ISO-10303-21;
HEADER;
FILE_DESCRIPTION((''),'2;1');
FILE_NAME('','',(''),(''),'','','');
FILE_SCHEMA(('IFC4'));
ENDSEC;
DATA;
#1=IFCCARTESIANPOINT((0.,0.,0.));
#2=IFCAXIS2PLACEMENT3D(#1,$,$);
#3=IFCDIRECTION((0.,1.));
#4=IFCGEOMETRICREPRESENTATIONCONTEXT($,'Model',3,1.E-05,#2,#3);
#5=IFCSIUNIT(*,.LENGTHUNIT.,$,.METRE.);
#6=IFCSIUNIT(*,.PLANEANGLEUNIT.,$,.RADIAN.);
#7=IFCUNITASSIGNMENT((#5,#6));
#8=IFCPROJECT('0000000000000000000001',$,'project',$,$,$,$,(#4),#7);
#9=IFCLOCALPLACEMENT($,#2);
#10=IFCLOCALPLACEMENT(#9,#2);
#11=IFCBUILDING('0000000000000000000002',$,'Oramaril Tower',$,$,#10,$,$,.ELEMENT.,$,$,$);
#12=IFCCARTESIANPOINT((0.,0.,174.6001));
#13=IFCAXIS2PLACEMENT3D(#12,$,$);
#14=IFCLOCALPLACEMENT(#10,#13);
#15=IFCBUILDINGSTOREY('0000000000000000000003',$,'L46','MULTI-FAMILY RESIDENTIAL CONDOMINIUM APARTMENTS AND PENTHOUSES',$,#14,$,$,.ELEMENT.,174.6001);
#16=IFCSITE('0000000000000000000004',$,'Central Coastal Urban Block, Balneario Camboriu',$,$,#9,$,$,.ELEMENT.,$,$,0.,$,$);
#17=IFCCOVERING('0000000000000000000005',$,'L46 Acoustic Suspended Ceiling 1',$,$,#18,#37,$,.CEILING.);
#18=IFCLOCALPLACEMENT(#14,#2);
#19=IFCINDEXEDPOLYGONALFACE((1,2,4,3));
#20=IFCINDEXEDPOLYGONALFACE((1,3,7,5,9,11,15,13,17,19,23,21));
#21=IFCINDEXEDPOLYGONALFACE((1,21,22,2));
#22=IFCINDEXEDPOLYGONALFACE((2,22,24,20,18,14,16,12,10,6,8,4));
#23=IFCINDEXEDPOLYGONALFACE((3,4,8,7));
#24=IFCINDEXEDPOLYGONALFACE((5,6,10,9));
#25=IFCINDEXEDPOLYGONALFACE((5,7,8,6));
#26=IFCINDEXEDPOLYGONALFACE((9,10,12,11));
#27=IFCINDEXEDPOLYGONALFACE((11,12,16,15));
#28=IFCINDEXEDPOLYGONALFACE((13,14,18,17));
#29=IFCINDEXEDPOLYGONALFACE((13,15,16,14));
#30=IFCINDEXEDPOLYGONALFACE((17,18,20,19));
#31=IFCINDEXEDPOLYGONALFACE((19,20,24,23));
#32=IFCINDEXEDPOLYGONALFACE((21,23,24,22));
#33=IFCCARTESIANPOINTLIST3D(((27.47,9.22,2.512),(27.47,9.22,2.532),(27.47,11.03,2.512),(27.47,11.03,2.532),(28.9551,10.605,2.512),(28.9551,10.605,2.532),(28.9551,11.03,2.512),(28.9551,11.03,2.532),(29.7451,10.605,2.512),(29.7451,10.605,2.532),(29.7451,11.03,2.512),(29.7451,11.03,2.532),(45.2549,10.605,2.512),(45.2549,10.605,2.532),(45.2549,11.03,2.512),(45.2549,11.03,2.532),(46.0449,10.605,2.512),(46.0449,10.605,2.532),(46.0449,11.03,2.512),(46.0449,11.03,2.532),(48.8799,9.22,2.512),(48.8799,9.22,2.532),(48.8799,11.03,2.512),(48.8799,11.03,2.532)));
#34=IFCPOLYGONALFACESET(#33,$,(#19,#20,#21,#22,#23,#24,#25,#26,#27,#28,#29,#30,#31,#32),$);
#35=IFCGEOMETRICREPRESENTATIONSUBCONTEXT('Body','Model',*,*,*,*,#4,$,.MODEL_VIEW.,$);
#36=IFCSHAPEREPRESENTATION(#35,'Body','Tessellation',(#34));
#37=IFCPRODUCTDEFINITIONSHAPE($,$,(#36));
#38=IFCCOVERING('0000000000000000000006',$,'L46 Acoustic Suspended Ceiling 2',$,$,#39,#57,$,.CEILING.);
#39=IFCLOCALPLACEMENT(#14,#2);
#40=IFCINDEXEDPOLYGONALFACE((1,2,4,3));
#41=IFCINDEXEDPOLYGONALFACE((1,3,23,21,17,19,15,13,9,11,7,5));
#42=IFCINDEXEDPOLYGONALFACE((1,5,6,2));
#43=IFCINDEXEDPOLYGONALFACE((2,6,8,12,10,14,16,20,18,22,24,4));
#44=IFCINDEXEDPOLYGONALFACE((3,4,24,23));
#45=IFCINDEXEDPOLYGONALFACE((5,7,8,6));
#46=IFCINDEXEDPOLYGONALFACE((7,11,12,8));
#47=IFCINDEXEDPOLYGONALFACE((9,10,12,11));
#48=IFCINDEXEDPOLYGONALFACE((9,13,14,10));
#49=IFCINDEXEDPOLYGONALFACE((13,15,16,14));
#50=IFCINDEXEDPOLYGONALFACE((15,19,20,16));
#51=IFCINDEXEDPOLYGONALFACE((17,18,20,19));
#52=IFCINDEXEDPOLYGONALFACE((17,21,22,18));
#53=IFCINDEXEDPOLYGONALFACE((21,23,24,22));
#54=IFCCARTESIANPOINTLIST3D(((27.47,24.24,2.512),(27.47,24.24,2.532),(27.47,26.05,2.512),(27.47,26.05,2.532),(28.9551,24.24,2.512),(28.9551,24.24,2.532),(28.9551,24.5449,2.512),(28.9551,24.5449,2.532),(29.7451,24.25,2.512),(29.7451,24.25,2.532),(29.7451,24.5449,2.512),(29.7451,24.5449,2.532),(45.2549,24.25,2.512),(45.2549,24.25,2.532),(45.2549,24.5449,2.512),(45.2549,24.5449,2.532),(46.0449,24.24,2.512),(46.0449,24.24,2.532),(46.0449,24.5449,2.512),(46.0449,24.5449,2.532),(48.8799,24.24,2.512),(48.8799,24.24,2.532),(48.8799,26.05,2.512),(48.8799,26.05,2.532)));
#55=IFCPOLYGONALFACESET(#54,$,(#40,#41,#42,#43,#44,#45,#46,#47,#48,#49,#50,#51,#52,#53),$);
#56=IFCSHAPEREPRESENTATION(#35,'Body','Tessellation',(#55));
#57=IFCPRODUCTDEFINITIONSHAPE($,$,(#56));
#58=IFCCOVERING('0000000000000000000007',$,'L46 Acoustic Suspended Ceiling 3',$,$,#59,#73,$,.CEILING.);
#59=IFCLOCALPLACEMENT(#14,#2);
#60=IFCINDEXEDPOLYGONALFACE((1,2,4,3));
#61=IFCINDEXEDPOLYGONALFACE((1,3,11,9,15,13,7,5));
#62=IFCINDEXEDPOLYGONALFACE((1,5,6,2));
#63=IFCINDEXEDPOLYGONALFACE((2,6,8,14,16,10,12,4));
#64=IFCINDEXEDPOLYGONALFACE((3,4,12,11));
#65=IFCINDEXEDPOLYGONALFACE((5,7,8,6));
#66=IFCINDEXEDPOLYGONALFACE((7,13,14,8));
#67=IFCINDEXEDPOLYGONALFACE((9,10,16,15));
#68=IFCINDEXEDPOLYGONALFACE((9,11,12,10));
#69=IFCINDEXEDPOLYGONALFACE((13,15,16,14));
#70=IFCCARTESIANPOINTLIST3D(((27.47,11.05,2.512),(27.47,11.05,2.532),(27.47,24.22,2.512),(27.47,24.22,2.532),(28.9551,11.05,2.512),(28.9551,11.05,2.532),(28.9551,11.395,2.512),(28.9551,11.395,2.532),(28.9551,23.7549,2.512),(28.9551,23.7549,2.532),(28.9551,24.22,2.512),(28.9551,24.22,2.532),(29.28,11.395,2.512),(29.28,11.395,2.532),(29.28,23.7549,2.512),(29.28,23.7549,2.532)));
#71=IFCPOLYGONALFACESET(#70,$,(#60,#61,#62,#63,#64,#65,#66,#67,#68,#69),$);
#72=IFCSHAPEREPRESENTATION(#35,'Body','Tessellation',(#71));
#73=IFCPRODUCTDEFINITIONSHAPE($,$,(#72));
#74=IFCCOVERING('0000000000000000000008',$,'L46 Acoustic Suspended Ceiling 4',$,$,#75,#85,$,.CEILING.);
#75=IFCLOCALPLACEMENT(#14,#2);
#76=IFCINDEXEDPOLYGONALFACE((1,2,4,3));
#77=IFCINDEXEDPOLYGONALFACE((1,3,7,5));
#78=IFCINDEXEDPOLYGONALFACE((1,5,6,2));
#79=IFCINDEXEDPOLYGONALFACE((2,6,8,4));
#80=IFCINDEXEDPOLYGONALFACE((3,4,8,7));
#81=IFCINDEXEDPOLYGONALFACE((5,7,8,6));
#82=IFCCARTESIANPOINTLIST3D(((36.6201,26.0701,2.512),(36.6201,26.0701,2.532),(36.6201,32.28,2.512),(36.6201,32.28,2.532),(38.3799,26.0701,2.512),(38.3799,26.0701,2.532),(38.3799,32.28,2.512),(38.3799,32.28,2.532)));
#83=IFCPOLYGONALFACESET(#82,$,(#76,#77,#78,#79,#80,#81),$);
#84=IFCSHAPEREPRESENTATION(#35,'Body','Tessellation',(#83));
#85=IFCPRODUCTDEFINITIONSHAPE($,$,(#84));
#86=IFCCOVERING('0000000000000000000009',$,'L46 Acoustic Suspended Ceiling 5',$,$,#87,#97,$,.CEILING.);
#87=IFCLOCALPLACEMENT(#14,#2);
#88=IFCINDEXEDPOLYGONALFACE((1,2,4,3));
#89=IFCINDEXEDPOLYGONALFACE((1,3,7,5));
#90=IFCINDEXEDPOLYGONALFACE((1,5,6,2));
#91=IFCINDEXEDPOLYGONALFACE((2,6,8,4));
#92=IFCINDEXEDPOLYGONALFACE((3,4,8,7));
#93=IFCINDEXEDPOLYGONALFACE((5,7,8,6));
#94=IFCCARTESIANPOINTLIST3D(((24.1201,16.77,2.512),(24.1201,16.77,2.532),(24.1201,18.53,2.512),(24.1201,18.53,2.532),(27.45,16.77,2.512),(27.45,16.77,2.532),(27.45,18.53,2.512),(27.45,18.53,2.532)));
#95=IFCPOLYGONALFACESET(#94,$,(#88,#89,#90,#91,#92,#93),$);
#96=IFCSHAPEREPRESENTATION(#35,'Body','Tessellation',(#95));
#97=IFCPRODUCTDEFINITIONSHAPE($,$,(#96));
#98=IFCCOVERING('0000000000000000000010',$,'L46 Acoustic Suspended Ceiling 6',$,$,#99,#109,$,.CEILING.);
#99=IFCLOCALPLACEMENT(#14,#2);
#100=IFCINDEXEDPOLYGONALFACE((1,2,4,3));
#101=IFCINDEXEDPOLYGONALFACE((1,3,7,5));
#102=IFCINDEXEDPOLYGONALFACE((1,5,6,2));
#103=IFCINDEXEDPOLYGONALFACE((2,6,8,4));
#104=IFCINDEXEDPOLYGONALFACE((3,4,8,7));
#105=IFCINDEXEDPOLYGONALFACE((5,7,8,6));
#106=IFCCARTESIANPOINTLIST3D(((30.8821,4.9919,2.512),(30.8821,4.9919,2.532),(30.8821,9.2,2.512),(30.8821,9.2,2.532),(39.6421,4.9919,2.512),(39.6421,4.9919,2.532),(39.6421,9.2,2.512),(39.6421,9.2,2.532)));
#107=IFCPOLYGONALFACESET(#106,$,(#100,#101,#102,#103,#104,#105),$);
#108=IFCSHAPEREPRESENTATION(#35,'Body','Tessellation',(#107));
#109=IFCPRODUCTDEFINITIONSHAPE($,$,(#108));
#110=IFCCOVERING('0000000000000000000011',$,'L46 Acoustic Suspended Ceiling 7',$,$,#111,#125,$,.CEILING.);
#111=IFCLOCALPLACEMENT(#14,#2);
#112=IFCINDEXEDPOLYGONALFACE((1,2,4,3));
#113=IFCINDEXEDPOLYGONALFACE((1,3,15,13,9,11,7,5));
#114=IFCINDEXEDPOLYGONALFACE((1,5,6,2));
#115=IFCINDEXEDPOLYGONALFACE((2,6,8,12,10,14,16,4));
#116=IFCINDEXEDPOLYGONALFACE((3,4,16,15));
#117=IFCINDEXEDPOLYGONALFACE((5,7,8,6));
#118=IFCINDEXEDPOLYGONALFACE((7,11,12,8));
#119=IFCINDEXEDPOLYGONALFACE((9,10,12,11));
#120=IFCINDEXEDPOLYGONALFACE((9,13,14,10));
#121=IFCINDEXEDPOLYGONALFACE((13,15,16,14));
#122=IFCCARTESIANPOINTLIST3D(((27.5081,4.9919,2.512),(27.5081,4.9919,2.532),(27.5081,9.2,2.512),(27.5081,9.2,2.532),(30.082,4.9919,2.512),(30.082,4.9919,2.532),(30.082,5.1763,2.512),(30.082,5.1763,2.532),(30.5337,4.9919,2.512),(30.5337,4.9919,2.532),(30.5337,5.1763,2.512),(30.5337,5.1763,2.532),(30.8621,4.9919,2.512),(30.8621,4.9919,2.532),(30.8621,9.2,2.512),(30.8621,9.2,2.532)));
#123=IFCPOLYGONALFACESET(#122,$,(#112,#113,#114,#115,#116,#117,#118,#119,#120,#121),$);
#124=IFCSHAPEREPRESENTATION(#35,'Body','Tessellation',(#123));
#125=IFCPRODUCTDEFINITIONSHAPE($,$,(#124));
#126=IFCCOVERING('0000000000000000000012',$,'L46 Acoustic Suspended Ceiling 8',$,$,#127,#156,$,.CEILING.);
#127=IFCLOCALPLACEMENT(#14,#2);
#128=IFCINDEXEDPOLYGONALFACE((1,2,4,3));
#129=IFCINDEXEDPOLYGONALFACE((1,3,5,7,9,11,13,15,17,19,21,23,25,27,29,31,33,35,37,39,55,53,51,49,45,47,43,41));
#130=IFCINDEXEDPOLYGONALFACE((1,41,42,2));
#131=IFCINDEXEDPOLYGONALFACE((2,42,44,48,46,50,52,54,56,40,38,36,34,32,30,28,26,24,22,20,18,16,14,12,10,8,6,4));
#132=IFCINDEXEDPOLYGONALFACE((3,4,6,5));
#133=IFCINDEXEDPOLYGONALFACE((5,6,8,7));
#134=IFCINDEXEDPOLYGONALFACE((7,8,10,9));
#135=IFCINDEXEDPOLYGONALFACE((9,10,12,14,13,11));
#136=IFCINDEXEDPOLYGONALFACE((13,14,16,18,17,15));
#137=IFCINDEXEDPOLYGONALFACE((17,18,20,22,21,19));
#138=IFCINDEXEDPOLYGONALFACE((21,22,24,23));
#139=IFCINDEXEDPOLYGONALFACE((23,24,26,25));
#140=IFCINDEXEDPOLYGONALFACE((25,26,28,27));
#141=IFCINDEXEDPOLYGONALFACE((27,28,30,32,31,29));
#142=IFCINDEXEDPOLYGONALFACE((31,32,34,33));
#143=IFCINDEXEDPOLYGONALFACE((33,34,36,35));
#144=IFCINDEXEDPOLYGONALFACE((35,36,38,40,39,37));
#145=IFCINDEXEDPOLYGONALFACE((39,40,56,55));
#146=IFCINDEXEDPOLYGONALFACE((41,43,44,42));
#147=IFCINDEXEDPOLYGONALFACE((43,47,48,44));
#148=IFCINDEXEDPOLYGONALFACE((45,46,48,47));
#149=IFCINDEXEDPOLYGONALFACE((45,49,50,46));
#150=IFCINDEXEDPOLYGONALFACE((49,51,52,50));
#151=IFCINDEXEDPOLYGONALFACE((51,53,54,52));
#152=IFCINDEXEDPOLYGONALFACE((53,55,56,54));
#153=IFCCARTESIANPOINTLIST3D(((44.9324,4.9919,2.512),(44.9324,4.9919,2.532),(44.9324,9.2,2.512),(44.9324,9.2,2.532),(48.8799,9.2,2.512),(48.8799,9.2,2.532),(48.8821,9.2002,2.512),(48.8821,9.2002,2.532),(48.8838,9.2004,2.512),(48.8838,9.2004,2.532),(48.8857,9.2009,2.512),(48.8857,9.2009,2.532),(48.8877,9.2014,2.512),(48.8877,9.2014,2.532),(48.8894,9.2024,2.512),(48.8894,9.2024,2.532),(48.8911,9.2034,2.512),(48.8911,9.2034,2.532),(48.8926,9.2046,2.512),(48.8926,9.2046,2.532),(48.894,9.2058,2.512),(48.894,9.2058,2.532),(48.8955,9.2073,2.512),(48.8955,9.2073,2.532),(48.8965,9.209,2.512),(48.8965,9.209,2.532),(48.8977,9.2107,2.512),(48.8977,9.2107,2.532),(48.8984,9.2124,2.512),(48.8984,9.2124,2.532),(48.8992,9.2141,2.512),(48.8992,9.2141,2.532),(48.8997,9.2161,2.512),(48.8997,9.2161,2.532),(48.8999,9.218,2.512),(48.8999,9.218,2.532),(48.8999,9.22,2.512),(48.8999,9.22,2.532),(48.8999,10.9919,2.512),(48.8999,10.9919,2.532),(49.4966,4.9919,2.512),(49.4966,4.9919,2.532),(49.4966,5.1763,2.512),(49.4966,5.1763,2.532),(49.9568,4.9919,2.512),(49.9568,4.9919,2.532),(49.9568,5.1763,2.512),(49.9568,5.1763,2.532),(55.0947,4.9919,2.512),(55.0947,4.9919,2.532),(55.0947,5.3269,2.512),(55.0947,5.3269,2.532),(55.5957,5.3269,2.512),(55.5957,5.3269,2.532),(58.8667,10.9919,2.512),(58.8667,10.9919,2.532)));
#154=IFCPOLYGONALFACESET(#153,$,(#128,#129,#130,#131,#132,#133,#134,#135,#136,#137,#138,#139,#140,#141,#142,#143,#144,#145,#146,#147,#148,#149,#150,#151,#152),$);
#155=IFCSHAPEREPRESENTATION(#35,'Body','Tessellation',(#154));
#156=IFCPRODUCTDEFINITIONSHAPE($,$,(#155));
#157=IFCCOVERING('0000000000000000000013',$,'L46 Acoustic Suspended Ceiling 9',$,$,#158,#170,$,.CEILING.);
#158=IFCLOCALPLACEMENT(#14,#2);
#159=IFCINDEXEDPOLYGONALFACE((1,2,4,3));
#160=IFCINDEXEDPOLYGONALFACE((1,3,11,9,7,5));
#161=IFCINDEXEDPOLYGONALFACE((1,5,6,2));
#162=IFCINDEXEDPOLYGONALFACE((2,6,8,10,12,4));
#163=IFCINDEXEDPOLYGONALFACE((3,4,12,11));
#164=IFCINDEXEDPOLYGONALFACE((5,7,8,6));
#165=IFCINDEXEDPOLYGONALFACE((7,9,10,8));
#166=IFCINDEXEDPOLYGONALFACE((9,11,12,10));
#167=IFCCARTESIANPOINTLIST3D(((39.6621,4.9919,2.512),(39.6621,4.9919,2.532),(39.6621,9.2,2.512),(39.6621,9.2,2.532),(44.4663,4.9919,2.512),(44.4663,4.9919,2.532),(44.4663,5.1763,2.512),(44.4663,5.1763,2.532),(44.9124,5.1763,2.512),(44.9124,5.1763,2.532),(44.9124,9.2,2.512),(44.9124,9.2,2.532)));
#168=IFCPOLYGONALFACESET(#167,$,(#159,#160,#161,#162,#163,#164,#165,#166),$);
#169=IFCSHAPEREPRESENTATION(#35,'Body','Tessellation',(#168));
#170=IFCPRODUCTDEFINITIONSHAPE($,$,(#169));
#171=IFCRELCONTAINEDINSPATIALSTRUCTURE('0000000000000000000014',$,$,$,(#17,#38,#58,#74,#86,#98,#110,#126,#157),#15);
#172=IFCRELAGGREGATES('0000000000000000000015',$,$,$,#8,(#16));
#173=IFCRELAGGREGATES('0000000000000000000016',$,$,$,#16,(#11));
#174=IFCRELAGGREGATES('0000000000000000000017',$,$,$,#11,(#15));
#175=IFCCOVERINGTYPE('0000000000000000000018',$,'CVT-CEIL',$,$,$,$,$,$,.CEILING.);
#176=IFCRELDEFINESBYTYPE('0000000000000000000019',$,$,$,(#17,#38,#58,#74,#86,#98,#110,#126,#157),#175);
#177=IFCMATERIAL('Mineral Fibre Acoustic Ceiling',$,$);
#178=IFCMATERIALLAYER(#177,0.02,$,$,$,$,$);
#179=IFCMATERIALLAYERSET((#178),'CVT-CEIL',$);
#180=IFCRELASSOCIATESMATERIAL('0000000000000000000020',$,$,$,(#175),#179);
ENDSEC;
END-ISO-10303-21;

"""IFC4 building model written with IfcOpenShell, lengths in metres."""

from ifc_helpers import new_model, si_unit, direction, frame, origin, place, context, subcontext, project, spatial, polyline, outline, extrude, material, layer, layer_set, type_object, element, save


model = new_model("IFC4")

# Units and contexts
model_context = context("Model", 3, precision=1e-05, world=origin(), true_north=direction((0.0, 1.0)))
body_context = subcontext(model_context, "Body", "Model", "MODEL_VIEW")
ifc_project = project(units=[si_unit("LENGTHUNIT", "METRE"), si_unit("PLANEANGLEUNIT", "RADIAN")], contexts=[model_context])

# Site, building, storey
site_placement = place(None, origin())
site = spatial("IfcSite", under=ifc_project, at=site_placement, Name="Central Coastal Urban Block, Balneario Camboriu", CompositionType="ELEMENT", RefElevation=0.0)
building_placement = place(site_placement, origin())
building = spatial("IfcBuilding", under=site, at=building_placement, Name="Oramaril Tower", CompositionType="ELEMENT")
storey_placement = place(building_placement, frame((0.0, 0.0, 174.6001)))
storey = spatial("IfcBuildingStorey", under=building, at=storey_placement, Name="L46", Description="MULTI-FAMILY RESIDENTIAL CONDOMINIUM APARTMENTS AND PENTHOUSES", CompositionType="ELEMENT", Elevation=174.6001)

# Coverings
ifc_material_1 = material(Name="Mineral Fibre Acoustic Ceiling")
ifc_layer_1 = layer(ifc_material_1, 0.02)
ifc_layer_set_1 = layer_set([ifc_layer_1], Name="CVT-CEIL")
covering_type_1 = type_object("IfcCoveringType", Name="CVT-CEIL", PredefinedType="CEILING", material=ifc_layer_set_1)
covering_1_placement = place(storey_placement, frame((0.0, 0.0, 2.512)))
element("IfcCovering", 1, at=covering_1_placement, inside=storey, type_object=covering_type_1, Name="L46 Acoustic Suspended Ceiling 1", PredefinedType="CEILING", context=body_context, shape_type="SweptSolid", body=[
    extrude(outline(polyline([(28.9551, 10.605), (29.7451, 10.605), (29.7451, 11.03), (45.2549, 11.03), (45.2549, 10.605), (46.0449, 10.605), (46.0449, 11.03), (48.8799, 11.03), (48.8799, 9.22), (27.47, 9.22), (27.47, 11.03), (28.9551, 11.03), (28.9551, 10.605)])), origin(), (0.0, 0.0, 1.0), 0.02),
])
covering_2_placement = place(storey_placement, frame((0.0, 0.0, 2.512)))
element("IfcCovering", 2, at=covering_2_placement, inside=storey, type_object=covering_type_1, Name="L46 Acoustic Suspended Ceiling 2", PredefinedType="CEILING", context=body_context, shape_type="SweptSolid", body=[
    extrude(outline(polyline([(48.8799, 24.24), (46.0449, 24.24), (46.0449, 24.5449), (45.2549, 24.5449), (45.2549, 24.25), (29.7451, 24.25), (29.7451, 24.5449), (28.9551, 24.5449), (28.9551, 24.24), (27.47, 24.24), (27.47, 26.05), (48.8799, 26.05), (48.8799, 24.24)])), origin(), (0.0, 0.0, 1.0), 0.02),
])
covering_3_placement = place(storey_placement, frame((0.0, 0.0, 2.512)))
element("IfcCovering", 3, at=covering_3_placement, inside=storey, type_object=covering_type_1, Name="L46 Acoustic Suspended Ceiling 3", PredefinedType="CEILING", context=body_context, shape_type="SweptSolid", body=[
    extrude(outline(polyline([(28.9551, 23.7549), (29.28, 23.7549), (29.28, 11.395), (28.9551, 11.395), (28.9551, 11.05), (27.47, 11.05), (27.47, 24.22), (28.9551, 24.22), (28.9551, 23.7549)])), origin(), (0.0, 0.0, 1.0), 0.02),
])
covering_4_placement = place(storey_placement, frame((0.0, 0.0, 2.512)))
element("IfcCovering", 4, at=covering_4_placement, inside=storey, type_object=covering_type_1, Name="L46 Acoustic Suspended Ceiling 4", PredefinedType="CEILING", context=body_context, shape_type="SweptSolid", body=[
    extrude(outline(polyline([(38.3799, 26.0701), (36.6201, 26.0701), (36.6201, 32.28), (38.3799, 32.28), (38.3799, 26.0701)])), origin(), (0.0, 0.0, 1.0), 0.02),
])
covering_5_placement = place(storey_placement, frame((0.0, 0.0, 2.512)))
element("IfcCovering", 5, at=covering_5_placement, inside=storey, type_object=covering_type_1, Name="L46 Acoustic Suspended Ceiling 5", PredefinedType="CEILING", context=body_context, shape_type="SweptSolid", body=[
    extrude(outline(polyline([(24.1201, 16.77), (24.1201, 18.53), (27.45, 18.53), (27.45, 16.77), (24.1201, 16.77)])), origin(), (0.0, 0.0, 1.0), 0.02),
])
covering_6_placement = place(storey_placement, frame((0.0, 0.0, 2.512)))
element("IfcCovering", 6, at=covering_6_placement, inside=storey, type_object=covering_type_1, Name="L46 Acoustic Suspended Ceiling 6", PredefinedType="CEILING", context=body_context, shape_type="SweptSolid", body=[
    extrude(outline(polyline([(30.8821, 4.9919), (30.8821, 9.2), (39.6421, 9.2), (39.6421, 4.9919), (30.8821, 4.9919)])), origin(), (0.0, 0.0, 1.0), 0.02),
])
covering_7_placement = place(storey_placement, frame((0.0, 0.0, 2.512)))
element("IfcCovering", 7, at=covering_7_placement, inside=storey, type_object=covering_type_1, Name="L46 Acoustic Suspended Ceiling 7", PredefinedType="CEILING", context=body_context, shape_type="SweptSolid", body=[
    extrude(outline(polyline([(30.5337, 5.1763), (30.082, 5.1763), (30.082, 4.9919), (27.5081, 4.9919), (27.5081, 9.2), (30.8621, 9.2), (30.8621, 4.9919), (30.5337, 4.9919), (30.5337, 5.1763)])), origin(), (0.0, 0.0, 1.0), 0.02),
])
covering_8_placement = place(storey_placement, frame((0.0, 0.0, 2.512)))
element("IfcCovering", 8, at=covering_8_placement, inside=storey, type_object=covering_type_1, Name="L46 Acoustic Suspended Ceiling 8", PredefinedType="CEILING", context=body_context, shape_type="SweptSolid", body=[
    extrude(outline(polyline([(55.5957, 5.3269), (55.0947, 5.3269), (55.0947, 4.9919), (49.9568, 4.9919), (49.9568, 5.1763), (49.4966, 5.1763), (49.4966, 4.9919), (44.9324, 4.9919), (44.9324, 9.2), (48.8799, 9.2), (48.8821, 9.2002), (48.8838, 9.2004), (48.8857, 9.2009), (48.8877, 9.2014), (48.8894, 9.2024), (48.8911, 9.2034), (48.8926, 9.2046), (48.894, 9.2058), (48.8955, 9.2073), (48.8965, 9.209), (48.8977, 9.2107), (48.8984, 9.2124), (48.8992, 9.2141), (48.8997, 9.2161), (48.8999, 9.218), (48.8999, 9.22), (48.8999, 10.9919), (58.8667, 10.9919), (55.5957, 5.3269)])), origin(), (0.0, 0.0, 1.0), 0.02),
])
covering_9_placement = place(storey_placement, frame((0.0, 0.0, 2.512)))
element("IfcCovering", 9, at=covering_9_placement, inside=storey, type_object=covering_type_1, Name="L46 Acoustic Suspended Ceiling 9", PredefinedType="CEILING", context=body_context, shape_type="SweptSolid", body=[
    extrude(outline(polyline([(44.4663, 5.1763), (44.4663, 4.9919), (39.6621, 4.9919), (39.6621, 9.2), (44.9124, 9.2), (44.9124, 5.1763), (44.4663, 5.1763)])), origin(), (0.0, 0.0, 1.0), 0.02),
])

save(model, "model.ifc")
